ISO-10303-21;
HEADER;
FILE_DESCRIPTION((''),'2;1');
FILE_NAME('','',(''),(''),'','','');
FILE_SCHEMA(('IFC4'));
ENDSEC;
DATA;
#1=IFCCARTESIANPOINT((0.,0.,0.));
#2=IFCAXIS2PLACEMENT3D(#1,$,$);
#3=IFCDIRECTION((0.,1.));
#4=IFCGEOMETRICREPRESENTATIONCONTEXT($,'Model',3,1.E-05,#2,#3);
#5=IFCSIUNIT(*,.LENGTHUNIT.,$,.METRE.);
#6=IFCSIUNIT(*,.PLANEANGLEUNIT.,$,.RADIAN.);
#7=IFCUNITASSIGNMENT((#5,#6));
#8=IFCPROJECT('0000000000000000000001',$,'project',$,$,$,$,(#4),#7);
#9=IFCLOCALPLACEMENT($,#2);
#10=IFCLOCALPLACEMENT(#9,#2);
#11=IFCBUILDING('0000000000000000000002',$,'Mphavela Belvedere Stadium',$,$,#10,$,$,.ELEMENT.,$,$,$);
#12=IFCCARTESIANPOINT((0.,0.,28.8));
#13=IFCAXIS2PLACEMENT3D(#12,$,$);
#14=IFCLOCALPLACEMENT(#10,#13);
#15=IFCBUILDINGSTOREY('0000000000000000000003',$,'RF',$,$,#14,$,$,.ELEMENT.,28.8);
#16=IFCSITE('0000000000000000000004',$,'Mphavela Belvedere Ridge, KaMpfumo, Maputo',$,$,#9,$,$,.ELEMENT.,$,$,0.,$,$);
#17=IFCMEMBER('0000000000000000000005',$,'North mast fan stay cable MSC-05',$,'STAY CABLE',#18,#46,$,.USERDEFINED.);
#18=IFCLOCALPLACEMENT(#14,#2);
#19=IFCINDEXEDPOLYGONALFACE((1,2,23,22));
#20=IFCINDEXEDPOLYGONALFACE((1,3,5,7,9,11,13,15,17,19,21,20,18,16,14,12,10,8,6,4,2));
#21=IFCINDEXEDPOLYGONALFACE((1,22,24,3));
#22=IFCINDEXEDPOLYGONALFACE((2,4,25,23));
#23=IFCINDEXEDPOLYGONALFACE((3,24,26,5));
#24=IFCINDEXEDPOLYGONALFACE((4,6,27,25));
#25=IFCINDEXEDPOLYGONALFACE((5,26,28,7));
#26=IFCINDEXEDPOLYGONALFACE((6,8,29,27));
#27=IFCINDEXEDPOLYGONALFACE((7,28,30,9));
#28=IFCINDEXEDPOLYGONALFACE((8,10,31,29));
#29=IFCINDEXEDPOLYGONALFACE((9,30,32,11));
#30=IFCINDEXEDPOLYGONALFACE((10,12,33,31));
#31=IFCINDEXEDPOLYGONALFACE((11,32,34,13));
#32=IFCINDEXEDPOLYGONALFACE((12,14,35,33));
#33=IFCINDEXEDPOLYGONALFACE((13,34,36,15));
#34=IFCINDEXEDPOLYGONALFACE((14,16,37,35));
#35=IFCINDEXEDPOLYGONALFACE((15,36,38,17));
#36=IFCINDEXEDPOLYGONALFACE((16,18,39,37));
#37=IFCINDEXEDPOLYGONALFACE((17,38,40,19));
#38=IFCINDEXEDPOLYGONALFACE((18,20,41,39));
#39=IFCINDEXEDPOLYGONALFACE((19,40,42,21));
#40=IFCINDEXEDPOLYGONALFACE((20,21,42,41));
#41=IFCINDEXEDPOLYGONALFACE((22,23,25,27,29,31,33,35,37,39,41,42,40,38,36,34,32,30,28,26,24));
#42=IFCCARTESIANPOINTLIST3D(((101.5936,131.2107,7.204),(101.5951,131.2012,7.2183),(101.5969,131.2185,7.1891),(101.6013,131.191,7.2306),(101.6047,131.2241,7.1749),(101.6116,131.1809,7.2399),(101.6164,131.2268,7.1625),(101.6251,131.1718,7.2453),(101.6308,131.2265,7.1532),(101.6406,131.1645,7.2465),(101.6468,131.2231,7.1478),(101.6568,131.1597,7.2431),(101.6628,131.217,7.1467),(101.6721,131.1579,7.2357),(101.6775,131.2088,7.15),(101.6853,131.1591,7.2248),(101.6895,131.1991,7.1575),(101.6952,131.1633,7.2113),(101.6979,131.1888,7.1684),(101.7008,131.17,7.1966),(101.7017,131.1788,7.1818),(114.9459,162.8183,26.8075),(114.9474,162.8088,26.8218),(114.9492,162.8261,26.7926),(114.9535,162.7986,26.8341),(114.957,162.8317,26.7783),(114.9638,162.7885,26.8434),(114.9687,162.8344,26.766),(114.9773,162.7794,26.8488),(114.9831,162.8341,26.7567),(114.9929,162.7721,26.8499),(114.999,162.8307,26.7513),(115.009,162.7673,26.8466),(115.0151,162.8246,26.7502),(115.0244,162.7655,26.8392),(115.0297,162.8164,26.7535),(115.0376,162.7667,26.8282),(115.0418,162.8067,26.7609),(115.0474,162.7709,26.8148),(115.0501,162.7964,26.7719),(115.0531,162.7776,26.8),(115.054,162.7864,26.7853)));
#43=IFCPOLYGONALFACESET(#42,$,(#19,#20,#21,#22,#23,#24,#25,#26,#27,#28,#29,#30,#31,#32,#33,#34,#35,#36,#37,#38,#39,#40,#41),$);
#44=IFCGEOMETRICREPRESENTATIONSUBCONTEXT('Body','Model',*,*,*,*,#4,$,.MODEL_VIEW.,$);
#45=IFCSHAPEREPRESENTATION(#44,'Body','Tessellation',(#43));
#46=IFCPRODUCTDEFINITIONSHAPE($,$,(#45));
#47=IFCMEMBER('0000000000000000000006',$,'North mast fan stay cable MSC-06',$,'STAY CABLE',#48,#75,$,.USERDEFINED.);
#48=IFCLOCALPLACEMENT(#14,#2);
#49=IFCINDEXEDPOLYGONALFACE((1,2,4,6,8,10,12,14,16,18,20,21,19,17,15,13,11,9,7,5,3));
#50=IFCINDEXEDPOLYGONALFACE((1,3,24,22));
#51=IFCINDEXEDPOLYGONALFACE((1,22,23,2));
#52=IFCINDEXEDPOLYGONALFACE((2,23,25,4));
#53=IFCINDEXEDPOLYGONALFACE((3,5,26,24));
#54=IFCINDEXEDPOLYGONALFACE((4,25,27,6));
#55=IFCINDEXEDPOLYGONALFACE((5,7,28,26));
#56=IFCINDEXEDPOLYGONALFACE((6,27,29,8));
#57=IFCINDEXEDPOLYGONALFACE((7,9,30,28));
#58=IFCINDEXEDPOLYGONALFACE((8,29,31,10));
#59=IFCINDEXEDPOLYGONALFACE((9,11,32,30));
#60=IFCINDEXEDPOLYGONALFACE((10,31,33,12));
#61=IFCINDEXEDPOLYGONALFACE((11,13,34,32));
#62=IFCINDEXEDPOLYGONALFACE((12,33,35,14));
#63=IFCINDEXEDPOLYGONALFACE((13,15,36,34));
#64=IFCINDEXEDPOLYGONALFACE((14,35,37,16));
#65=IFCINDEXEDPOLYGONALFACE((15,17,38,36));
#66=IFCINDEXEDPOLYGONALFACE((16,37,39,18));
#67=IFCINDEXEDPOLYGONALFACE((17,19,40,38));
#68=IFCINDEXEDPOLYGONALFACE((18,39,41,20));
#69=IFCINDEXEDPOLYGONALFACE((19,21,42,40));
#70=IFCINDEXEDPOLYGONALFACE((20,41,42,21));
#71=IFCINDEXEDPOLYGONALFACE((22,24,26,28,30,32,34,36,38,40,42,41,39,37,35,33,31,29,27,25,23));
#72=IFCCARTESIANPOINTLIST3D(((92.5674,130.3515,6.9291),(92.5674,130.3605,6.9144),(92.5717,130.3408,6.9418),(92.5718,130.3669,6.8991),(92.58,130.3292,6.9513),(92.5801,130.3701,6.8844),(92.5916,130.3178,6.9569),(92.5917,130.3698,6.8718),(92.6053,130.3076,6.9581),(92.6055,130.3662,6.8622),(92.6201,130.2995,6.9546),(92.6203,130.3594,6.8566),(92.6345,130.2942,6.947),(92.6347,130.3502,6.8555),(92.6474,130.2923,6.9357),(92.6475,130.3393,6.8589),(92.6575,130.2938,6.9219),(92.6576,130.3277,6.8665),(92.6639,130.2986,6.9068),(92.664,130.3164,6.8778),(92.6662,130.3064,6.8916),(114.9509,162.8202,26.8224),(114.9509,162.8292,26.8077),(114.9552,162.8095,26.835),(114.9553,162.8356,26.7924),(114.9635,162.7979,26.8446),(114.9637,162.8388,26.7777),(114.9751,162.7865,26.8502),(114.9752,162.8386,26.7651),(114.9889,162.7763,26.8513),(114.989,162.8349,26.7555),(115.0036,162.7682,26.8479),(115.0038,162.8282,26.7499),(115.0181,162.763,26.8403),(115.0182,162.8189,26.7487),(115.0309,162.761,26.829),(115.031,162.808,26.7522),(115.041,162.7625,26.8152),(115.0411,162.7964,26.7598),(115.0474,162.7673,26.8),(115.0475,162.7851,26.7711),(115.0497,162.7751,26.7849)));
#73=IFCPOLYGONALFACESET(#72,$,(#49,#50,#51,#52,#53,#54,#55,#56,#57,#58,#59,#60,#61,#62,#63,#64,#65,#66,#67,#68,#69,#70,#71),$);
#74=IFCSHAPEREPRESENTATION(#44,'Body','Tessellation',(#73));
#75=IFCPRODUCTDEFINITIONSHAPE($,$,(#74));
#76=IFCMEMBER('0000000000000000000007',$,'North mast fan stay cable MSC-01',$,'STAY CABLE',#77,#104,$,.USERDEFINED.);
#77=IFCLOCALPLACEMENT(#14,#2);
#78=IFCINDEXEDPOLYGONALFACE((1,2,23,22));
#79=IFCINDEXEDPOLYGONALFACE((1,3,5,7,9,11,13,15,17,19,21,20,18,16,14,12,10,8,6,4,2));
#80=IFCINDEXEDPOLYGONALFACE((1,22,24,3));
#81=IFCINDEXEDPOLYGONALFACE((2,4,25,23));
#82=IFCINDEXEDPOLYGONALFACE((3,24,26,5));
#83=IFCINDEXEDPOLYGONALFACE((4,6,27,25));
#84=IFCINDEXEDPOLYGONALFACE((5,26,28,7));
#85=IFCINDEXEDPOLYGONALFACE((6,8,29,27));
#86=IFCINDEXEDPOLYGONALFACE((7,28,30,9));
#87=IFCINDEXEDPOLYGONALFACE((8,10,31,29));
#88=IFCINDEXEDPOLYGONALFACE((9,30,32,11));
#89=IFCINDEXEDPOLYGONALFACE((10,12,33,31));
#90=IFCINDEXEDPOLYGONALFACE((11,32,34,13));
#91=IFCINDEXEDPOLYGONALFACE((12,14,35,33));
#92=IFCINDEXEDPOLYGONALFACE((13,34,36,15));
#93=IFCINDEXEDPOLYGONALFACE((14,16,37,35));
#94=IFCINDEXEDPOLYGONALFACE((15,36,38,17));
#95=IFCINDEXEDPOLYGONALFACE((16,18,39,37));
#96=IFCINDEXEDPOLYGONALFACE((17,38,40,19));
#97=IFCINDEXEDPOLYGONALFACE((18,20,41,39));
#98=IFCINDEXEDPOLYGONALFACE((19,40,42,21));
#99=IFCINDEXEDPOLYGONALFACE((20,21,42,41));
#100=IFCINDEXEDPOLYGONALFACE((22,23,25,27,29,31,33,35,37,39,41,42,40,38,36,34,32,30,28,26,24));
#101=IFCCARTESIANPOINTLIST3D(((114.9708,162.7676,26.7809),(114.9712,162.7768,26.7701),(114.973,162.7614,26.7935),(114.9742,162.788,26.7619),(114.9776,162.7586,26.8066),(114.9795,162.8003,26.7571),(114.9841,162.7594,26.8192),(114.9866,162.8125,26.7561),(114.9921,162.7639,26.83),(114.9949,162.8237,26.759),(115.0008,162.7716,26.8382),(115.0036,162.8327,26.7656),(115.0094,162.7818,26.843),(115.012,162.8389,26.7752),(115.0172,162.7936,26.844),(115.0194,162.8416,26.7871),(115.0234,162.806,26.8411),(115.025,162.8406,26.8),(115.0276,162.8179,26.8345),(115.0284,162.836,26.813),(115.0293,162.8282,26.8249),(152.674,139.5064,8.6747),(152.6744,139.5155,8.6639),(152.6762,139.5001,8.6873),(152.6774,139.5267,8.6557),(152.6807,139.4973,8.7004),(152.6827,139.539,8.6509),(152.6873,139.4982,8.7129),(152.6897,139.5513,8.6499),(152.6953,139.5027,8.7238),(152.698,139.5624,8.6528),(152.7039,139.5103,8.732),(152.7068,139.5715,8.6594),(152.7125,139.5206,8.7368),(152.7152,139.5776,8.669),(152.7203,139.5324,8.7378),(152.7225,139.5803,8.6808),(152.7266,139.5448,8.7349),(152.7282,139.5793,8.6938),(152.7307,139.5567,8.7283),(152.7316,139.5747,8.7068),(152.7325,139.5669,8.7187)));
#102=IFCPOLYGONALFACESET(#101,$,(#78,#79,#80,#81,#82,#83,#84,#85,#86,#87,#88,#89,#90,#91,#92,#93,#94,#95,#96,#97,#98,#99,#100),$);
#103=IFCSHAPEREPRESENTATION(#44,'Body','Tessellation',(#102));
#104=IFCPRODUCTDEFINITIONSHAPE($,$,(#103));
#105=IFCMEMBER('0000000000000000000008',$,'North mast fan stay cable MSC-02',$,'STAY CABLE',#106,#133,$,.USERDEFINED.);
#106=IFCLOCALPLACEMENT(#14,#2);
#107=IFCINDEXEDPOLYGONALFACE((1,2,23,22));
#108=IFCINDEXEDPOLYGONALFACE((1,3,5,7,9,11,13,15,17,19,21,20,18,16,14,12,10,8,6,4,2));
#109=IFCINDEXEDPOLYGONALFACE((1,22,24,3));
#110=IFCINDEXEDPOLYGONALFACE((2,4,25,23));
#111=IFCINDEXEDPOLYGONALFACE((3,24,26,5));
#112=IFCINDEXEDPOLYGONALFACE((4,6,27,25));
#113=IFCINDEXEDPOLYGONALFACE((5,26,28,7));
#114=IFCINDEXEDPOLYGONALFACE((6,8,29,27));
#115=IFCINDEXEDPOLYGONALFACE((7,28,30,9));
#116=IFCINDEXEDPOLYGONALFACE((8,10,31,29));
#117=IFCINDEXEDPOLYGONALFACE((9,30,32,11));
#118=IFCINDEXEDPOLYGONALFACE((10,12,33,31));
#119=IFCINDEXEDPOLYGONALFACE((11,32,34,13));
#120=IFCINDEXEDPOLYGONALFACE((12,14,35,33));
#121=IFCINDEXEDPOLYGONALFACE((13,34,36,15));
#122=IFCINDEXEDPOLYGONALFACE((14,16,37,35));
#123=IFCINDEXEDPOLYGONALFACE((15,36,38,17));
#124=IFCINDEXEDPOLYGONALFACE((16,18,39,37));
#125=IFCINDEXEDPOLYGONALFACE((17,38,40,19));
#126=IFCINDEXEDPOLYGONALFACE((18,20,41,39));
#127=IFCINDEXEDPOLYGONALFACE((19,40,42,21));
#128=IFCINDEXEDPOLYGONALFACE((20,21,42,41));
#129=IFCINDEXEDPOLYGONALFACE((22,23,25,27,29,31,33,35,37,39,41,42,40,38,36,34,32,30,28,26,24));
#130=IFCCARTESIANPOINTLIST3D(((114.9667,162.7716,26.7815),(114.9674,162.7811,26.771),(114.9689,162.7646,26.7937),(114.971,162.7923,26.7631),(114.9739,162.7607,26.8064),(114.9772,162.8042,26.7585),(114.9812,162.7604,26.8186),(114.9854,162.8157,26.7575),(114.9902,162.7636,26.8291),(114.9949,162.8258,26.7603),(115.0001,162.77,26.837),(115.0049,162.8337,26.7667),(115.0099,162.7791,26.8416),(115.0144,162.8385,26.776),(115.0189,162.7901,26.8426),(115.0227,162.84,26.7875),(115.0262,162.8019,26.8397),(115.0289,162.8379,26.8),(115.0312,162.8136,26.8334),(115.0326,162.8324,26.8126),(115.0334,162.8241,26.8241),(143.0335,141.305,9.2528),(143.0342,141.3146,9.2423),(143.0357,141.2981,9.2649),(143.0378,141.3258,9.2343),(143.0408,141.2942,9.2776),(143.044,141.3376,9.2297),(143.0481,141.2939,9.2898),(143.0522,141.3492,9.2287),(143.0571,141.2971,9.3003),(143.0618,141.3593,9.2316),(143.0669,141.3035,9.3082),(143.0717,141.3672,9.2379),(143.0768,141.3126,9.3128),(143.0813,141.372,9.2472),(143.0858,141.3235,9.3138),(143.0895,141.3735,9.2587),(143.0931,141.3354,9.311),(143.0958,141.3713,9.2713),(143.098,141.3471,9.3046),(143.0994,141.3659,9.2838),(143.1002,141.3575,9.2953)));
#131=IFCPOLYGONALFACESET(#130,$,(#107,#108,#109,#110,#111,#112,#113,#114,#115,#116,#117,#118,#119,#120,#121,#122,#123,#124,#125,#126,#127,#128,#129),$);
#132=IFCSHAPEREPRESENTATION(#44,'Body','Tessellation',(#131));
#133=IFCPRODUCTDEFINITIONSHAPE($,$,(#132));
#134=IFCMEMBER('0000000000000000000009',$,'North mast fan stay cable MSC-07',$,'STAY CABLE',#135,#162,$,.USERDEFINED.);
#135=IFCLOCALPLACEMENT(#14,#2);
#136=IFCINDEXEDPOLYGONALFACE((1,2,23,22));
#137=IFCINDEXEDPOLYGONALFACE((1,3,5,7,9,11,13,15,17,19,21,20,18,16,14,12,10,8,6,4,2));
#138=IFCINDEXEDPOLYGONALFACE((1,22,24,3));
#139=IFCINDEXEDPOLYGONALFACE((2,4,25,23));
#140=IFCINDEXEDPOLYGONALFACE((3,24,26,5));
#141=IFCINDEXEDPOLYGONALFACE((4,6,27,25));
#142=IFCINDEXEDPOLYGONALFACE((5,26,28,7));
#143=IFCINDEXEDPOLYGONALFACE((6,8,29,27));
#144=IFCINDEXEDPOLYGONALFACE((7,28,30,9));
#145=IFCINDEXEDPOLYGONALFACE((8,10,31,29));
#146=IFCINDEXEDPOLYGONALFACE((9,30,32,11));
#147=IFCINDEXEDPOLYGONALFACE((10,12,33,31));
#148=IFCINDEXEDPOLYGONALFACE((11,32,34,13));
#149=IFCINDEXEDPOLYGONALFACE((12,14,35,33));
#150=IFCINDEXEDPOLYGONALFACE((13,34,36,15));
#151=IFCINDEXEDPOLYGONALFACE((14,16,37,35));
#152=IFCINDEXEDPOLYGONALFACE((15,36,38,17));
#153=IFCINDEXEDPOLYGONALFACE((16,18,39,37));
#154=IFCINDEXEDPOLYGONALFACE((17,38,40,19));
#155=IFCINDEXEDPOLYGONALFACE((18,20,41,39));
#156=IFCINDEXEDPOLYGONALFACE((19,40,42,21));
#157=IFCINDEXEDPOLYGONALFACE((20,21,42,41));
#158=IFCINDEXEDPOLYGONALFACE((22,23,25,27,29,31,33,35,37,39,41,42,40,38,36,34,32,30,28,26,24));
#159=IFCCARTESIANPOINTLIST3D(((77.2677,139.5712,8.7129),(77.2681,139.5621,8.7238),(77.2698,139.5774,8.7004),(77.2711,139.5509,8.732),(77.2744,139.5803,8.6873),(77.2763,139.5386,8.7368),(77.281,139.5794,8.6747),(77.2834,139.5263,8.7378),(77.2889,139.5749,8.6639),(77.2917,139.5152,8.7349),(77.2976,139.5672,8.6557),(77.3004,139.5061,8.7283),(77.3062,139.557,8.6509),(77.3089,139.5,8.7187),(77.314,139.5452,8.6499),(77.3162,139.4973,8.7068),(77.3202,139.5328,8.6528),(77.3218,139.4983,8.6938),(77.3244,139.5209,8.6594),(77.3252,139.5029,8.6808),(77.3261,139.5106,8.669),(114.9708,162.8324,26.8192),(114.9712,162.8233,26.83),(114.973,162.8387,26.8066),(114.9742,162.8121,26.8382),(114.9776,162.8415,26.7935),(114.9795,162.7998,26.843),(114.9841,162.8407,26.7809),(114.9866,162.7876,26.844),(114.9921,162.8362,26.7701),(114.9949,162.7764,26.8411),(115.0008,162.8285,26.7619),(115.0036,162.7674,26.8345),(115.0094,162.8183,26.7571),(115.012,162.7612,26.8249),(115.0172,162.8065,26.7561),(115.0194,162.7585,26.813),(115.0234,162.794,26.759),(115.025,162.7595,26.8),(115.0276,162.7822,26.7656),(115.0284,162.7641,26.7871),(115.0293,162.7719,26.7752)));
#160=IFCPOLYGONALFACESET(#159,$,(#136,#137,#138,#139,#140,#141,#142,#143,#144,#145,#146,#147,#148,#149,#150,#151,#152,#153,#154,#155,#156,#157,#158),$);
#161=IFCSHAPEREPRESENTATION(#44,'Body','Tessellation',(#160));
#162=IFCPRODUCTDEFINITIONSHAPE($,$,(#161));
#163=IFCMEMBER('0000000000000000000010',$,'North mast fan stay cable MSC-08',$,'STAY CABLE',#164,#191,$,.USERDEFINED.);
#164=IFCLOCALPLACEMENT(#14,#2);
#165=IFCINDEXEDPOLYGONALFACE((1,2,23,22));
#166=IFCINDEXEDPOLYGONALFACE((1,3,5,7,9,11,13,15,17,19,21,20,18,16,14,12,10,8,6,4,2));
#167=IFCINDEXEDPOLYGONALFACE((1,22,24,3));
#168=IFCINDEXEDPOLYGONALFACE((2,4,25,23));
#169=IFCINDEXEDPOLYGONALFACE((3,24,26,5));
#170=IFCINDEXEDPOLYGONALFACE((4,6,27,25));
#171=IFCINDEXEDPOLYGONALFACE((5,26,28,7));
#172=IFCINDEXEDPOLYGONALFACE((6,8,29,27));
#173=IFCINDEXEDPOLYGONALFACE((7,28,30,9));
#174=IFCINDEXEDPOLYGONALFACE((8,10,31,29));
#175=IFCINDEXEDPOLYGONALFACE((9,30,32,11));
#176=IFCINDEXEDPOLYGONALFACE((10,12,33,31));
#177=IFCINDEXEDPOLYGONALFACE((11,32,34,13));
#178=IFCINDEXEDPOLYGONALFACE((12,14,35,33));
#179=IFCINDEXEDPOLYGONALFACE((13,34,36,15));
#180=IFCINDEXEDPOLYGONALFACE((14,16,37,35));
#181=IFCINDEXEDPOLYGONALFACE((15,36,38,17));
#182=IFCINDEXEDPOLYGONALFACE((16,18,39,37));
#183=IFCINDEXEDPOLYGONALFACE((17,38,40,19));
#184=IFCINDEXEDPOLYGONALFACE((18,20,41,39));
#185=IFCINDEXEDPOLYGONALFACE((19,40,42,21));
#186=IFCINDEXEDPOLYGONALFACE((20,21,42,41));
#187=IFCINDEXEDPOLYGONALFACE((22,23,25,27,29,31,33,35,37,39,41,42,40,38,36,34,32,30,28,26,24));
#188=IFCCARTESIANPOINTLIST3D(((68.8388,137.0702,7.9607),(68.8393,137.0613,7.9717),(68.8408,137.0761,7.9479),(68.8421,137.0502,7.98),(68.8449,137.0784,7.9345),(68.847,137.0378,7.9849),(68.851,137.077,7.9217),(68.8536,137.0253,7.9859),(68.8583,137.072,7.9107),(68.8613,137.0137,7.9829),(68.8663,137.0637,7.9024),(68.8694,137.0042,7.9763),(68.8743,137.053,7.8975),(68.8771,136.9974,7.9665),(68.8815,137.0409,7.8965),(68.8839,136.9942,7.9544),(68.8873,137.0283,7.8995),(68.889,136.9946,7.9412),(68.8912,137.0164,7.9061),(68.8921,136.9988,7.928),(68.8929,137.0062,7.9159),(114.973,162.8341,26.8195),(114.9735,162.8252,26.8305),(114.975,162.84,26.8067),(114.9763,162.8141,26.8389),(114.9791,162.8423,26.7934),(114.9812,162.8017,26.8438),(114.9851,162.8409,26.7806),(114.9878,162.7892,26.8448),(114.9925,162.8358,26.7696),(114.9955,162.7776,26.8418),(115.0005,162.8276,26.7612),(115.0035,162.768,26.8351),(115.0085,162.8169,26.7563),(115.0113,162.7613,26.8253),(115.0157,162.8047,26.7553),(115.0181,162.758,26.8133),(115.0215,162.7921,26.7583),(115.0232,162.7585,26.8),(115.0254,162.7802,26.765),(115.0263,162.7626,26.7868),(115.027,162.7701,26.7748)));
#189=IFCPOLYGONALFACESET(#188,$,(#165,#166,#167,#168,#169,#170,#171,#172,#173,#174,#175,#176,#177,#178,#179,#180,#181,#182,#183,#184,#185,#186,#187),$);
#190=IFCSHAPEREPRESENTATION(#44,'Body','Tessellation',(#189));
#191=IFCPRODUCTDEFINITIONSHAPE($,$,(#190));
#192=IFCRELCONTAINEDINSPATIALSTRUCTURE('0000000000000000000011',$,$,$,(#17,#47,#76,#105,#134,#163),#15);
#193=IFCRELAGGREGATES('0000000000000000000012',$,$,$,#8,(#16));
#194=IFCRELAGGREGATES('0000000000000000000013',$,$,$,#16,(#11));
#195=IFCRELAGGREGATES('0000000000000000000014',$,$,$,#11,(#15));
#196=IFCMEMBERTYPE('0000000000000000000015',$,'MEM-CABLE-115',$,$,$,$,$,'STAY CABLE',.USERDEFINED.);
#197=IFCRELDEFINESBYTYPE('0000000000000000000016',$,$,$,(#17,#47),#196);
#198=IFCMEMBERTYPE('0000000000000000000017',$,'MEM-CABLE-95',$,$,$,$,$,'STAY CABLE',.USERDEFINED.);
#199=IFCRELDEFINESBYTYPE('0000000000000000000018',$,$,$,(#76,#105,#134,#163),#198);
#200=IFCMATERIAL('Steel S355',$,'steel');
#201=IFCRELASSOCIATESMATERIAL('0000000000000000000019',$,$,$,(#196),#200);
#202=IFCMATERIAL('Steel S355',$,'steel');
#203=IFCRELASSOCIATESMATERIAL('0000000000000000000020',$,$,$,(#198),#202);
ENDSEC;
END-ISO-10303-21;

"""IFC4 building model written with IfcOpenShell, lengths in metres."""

from ifc_helpers import new_model, si_unit, direction, frame, origin, origin_2d, place, context, subcontext, project, spatial, circle, extrude, material, material_profile, profile_set, type_object, element, save


model = new_model("IFC4")

# Units and contexts
model_context = context("Model", 3, precision=1e-05, world=origin(), true_north=direction((0.0, 1.0)))
body_context = subcontext(model_context, "Body", "Model", "MODEL_VIEW")
ifc_project = project(units=[si_unit("LENGTHUNIT", "METRE"), si_unit("PLANEANGLEUNIT", "RADIAN")], contexts=[model_context])

# Site, building, storey
site_placement = place(None, origin())
site = spatial("IfcSite", under=ifc_project, at=site_placement, Name="Mphavela Belvedere Ridge, KaMpfumo, Maputo", CompositionType="ELEMENT", RefElevation=0.0)
building_placement = place(site_placement, origin())
building = spatial("IfcBuilding", under=site, at=building_placement, Name="Mphavela Belvedere Stadium", CompositionType="ELEMENT")
storey_placement = place(building_placement, frame((0.0, 0.0, 28.8)))
storey = spatial("IfcBuildingStorey", under=building, at=storey_placement, Name="RF", CompositionType="ELEMENT", Elevation=28.8)

# Members
ifc_material_1 = material(Name="Steel S355", Category="steel")
ifc_material_profile_1 = material_profile(ifc_material_1, circle(Radius=0.0576, at=origin_2d()), Name="CABLE D115")
ifc_profile_set_1 = profile_set([ifc_material_profile_1], Name="Steel S355")
member_type_1 = type_object("IfcMemberType", Name="MEM-CABLE-115", ElementType="STAY CABLE", PredefinedType="USERDEFINED", material=ifc_profile_set_1)
member_1_placement = place(storey_placement, frame((115.0, 162.8, 26.8), z_axis=(-0.337884, -0.799841, -0.496073), x_axis=(0.921178, -0.389141, 0.0)))
element("IfcMember", 1, at=member_1_placement, inside=storey, type_object=member_type_1, Name="North mast fan stay cable MSC-05", ObjectType="STAY CABLE", PredefinedType="USERDEFINED", context=body_context, shape_type="SweptSolid", body=[
    extrude(circle(Radius=0.0576, at=origin_2d()), origin(), (0.0, 0.0, 1.0), 39.5173),
])
member_2_placement = place(storey_placement, frame((115.0, 162.8, 26.8), z_axis=(-0.506759, -0.735086, -0.450381), x_axis=(0.823316, -0.567584, 0.0)))
element("IfcMember", 2, at=member_2_placement, inside=storey, type_object=member_type_1, Name="North mast fan stay cable MSC-06", ObjectType="STAY CABLE", PredefinedType="USERDEFINED", context=body_context, shape_type="SweptSolid", body=[
    extrude(circle(Radius=0.0576, at=origin_2d()), origin(), (0.0, 0.0, 1.0), 44.1699),
])
ifc_material_2 = material(Name="Steel S355", Category="steel")
ifc_material_profile_2 = material_profile(ifc_material_2, circle(Radius=0.0476, at=origin_2d()), Name="CABLE D95")
ifc_profile_set_2 = profile_set([ifc_material_profile_2], Name="Steel S355")
member_type_2 = type_object("IfcMemberType", Name="MEM-CABLE-95", ElementType="STAY CABLE", PredefinedType="USERDEFINED", material=ifc_profile_set_2)
member_3_placement = place(storey_placement, frame((115.0, 162.8, 26.8), z_axis=(0.787803, -0.486041, -0.378327), x_axis=(0.525068, 0.85106, 0.0)))
element("IfcMember", 3, at=member_3_placement, inside=storey, type_object=member_type_2, Name="North mast fan stay cable MSC-01", ObjectType="STAY CABLE", PredefinedType="USERDEFINED", context=body_context, shape_type="SweptSolid", body=[
    extrude(circle(Radius=0.0476, at=origin_2d()), origin(), (0.0, 0.0, 1.0), 47.8586),
])
member_4_placement = place(storey_placement, frame((115.0, 162.8, 26.8), z_axis=(0.711565, -0.54423, -0.444398), x_axis=(0.607515, 0.794308, 0.0)))
element("IfcMember", 4, at=member_4_placement, inside=storey, type_object=member_type_2, Name="North mast fan stay cable MSC-02", ObjectType="STAY CABLE", PredefinedType="USERDEFINED", context=body_context, shape_type="SweptSolid", body=[
    extrude(circle(Radius=0.0476, at=origin_2d()), origin(), (0.0, 0.0, 1.0), 39.4438),
])
member_5_placement = place(storey_placement, frame((115.0, 162.8, 26.8), z_axis=(-0.787803, -0.486041, -0.378327), x_axis=(0.525068, -0.85106, 0.0)))
element("IfcMember", 5, at=member_5_placement, inside=storey, type_object=member_type_2, Name="North mast fan stay cable MSC-07", ObjectType="STAY CABLE", PredefinedType="USERDEFINED", context=body_context, shape_type="SweptSolid", body=[
    extrude(circle(Radius=0.0476, at=origin_2d()), origin(), (0.0, 0.0, 1.0), 47.8586),
])
member_6_placement = place(storey_placement, frame((115.0, 162.8, 26.8), z_axis=(-0.82228, -0.459206, -0.336134), x_axis=(0.487576, -0.87308, 0.0)))
element("IfcMember", 6, at=member_6_placement, inside=storey, type_object=member_type_2, Name="North mast fan stay cable MSC-08", ObjectType="STAY CABLE", PredefinedType="USERDEFINED", context=body_context, shape_type="SweptSolid", body=[
    extrude(circle(Radius=0.0476, at=origin_2d()), origin(), (0.0, 0.0, 1.0), 56.1052),
])

save(model, "model.ifc")
